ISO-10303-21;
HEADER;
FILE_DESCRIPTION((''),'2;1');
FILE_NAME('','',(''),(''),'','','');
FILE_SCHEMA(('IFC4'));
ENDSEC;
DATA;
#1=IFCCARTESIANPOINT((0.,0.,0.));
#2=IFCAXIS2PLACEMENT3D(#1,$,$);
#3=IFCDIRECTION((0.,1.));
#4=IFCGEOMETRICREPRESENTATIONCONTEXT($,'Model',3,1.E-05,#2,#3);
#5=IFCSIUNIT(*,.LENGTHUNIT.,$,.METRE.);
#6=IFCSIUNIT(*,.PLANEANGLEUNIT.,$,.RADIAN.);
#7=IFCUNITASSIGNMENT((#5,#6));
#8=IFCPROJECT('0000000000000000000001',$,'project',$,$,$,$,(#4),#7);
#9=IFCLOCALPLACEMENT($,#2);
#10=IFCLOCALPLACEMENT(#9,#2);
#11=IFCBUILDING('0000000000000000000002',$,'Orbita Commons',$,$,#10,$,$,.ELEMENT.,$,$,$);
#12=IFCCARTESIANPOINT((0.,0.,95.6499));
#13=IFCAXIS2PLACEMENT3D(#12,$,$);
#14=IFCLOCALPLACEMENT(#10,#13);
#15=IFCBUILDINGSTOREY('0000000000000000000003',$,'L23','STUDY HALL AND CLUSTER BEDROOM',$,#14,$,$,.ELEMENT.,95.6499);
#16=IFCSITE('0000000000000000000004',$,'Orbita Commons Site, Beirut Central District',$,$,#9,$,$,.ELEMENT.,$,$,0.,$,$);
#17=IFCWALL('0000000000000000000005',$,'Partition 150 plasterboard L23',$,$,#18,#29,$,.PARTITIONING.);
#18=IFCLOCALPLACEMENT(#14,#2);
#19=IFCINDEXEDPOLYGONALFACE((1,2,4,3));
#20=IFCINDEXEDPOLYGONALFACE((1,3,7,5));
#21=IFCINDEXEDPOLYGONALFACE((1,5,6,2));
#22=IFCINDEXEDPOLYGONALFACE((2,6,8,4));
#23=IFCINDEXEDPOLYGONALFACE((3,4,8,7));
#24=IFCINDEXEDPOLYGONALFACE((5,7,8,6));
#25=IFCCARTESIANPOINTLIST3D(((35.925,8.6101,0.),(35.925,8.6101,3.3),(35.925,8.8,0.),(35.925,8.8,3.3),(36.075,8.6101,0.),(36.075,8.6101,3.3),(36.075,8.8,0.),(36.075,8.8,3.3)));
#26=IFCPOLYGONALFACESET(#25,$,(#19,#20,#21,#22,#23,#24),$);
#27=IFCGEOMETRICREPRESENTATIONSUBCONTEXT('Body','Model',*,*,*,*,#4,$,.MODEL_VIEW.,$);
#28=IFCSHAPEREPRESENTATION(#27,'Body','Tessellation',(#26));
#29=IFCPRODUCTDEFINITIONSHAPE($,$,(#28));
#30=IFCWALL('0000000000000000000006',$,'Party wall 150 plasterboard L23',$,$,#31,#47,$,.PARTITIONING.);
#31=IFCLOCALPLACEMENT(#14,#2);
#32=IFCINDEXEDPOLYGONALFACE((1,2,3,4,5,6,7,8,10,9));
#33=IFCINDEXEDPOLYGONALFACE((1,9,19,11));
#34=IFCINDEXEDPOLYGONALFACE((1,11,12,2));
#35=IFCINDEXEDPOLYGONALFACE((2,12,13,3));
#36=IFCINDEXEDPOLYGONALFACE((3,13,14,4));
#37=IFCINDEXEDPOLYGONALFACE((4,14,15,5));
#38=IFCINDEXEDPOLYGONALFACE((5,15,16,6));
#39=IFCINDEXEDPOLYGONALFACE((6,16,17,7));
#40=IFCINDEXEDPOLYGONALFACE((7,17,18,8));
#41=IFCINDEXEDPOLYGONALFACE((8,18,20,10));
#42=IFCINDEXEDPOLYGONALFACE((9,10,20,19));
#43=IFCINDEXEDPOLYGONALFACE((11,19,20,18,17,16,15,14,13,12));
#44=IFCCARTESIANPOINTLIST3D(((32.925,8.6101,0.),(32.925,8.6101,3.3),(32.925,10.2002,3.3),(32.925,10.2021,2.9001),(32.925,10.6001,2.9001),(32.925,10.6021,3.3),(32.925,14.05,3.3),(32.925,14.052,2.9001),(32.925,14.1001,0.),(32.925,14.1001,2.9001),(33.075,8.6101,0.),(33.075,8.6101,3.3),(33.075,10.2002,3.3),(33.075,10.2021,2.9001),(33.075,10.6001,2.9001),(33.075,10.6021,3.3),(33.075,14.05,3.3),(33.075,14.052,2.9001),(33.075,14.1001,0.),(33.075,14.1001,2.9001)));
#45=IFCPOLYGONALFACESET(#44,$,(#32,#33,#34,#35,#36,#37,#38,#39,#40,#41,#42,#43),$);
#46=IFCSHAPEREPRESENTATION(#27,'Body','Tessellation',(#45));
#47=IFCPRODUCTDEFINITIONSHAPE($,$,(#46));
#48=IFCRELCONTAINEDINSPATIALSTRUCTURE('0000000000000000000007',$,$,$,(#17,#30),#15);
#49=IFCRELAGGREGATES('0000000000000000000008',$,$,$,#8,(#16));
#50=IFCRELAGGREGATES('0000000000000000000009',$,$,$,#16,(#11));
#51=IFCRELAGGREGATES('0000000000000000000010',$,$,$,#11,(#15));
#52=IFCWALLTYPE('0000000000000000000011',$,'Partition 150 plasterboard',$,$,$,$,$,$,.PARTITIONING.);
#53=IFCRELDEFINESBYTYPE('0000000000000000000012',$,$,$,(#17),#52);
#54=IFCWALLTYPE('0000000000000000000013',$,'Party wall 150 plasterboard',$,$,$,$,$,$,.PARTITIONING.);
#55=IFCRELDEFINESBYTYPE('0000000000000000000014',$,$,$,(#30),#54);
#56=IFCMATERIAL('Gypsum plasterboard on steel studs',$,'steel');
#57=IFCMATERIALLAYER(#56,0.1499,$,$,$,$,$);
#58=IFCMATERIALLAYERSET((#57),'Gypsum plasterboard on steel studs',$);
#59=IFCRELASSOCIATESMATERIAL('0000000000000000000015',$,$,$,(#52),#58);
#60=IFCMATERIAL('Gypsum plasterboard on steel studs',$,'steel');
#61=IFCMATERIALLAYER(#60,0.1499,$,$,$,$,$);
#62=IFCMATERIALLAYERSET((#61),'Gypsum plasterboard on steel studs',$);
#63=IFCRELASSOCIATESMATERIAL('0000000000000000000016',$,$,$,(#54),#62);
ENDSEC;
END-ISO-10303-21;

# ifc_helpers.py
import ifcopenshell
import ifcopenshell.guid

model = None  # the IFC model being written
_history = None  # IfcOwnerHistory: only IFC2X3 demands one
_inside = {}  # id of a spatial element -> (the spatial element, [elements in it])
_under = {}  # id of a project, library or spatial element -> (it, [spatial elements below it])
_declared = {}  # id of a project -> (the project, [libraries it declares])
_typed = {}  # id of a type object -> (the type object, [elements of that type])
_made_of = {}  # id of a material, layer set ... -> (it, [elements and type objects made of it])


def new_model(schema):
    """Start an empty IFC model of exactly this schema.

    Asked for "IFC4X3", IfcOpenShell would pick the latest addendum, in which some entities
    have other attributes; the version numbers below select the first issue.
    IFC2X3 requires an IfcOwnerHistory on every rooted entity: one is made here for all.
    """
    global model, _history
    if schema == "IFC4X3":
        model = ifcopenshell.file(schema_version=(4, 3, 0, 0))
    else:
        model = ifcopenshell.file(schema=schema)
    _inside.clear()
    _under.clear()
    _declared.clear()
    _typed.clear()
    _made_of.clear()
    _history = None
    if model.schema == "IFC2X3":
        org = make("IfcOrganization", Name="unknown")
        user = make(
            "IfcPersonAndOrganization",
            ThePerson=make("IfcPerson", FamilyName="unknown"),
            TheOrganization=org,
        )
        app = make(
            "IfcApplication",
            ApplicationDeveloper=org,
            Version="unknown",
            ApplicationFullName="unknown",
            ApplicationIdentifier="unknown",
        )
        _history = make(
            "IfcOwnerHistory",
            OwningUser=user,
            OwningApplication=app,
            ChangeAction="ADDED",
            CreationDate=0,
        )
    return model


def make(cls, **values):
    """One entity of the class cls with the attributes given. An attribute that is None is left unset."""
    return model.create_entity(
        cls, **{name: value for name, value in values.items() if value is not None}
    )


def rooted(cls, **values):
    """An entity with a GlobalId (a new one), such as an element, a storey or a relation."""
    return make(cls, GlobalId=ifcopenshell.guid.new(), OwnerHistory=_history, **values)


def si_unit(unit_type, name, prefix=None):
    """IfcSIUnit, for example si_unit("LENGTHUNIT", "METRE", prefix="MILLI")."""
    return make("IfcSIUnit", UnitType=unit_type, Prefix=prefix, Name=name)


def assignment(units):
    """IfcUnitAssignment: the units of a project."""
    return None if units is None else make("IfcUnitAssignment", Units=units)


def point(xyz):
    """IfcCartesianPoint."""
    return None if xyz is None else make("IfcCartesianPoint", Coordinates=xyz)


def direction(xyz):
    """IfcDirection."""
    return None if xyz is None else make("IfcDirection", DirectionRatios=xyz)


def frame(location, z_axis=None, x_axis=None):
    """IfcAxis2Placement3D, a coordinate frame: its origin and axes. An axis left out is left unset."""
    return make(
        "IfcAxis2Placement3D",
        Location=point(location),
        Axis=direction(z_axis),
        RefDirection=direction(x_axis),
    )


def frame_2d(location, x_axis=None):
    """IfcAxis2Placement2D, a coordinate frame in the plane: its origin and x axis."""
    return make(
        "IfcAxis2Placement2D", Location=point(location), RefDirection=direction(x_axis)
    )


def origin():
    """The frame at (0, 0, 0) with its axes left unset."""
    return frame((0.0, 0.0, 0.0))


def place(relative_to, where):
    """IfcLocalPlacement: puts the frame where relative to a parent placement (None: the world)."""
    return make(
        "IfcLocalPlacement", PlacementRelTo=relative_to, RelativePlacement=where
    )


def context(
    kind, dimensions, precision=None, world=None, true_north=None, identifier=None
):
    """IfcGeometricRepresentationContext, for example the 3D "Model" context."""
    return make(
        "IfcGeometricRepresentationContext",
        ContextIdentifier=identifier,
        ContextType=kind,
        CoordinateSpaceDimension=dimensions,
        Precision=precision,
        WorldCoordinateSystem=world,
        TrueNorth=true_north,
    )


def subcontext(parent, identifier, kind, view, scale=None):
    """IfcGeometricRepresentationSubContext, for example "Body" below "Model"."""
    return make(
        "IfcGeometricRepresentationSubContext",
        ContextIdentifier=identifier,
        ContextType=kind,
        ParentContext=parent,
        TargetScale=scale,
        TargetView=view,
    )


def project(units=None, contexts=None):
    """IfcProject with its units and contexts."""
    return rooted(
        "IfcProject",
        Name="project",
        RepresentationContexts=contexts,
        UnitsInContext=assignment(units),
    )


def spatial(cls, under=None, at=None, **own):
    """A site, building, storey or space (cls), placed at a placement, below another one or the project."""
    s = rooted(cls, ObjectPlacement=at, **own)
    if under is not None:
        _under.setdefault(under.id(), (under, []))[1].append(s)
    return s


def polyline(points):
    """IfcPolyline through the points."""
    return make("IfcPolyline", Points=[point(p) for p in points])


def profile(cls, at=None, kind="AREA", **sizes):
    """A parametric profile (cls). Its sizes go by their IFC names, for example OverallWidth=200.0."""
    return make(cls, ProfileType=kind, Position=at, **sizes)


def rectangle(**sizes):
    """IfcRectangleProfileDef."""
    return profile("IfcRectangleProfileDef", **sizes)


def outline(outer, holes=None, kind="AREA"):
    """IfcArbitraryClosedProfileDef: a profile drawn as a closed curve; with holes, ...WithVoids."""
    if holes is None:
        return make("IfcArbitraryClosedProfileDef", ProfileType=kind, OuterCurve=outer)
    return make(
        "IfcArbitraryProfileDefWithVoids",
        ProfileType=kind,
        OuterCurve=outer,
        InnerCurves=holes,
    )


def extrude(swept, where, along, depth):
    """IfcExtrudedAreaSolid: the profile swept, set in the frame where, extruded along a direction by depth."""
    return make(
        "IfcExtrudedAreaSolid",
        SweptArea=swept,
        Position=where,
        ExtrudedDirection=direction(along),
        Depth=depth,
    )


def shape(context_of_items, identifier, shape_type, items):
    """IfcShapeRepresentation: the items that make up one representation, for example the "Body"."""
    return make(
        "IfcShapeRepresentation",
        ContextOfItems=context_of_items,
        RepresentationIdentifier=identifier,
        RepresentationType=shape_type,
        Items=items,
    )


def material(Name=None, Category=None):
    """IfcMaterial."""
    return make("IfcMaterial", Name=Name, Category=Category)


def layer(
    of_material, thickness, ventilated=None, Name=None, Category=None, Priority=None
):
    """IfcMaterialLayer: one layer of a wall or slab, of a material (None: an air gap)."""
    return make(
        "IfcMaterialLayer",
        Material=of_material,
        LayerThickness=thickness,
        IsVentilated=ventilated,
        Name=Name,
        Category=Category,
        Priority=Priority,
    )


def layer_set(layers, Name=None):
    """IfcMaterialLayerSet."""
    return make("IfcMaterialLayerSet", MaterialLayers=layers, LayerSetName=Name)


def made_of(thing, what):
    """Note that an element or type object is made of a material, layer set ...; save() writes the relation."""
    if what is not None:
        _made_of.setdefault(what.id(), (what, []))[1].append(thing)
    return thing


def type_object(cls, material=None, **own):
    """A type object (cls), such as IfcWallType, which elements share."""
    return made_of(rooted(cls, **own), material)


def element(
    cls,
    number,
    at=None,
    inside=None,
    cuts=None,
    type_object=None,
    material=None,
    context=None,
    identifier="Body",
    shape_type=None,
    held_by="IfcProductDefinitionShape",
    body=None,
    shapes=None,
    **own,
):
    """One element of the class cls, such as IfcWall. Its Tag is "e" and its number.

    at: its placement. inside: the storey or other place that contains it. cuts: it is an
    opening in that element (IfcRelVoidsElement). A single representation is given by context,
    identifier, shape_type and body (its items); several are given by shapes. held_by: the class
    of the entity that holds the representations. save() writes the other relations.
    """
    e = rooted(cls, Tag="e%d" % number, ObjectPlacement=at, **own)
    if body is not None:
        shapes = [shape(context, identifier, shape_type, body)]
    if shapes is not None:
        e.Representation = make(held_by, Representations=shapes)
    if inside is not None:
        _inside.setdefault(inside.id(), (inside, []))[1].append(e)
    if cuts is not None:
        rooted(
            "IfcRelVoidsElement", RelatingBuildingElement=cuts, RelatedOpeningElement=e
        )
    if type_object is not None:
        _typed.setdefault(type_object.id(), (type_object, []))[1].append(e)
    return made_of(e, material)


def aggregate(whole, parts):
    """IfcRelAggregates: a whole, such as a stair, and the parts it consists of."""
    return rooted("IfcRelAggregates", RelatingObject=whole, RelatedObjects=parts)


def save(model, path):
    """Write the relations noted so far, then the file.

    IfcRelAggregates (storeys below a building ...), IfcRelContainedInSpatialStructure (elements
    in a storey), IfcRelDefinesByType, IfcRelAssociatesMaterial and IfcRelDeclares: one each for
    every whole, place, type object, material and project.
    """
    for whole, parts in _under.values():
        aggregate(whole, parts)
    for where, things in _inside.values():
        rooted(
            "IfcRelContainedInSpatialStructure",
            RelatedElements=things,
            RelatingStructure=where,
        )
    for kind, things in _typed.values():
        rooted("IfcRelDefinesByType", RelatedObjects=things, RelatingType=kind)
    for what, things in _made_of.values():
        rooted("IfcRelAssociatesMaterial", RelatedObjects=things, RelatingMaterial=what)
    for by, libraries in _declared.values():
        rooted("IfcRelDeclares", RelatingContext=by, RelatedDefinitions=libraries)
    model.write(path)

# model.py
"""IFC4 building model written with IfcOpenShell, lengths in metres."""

from ifc_helpers import new_model, si_unit, direction, frame, frame_2d, origin, place, context, subcontext, project, spatial, polyline, rectangle, outline, extrude, material, layer, layer_set, type_object, element, save


model = new_model("IFC4")

# Units and contexts
model_context = context("Model", 3, precision=1e-05, world=origin(), true_north=direction((0.0, 1.0)))
body_context = subcontext(model_context, "Body", "Model", "MODEL_VIEW")
ifc_project = project(units=[si_unit("LENGTHUNIT", "METRE"), si_unit("PLANEANGLEUNIT", "RADIAN")], contexts=[model_context])

# Site, building, storey
site_placement = place(None, origin())
site = spatial("IfcSite", under=ifc_project, at=site_placement, Name="Orbita Commons Site, Beirut Central District", CompositionType="ELEMENT", RefElevation=0.0)
building_placement = place(site_placement, origin())
building = spatial("IfcBuilding", under=site, at=building_placement, Name="Orbita Commons", CompositionType="ELEMENT")
storey_placement = place(building_placement, frame((0.0, 0.0, 95.6499)))
storey = spatial("IfcBuildingStorey", under=building, at=storey_placement, Name="L23", Description="STUDY HALL AND CLUSTER BEDROOM", CompositionType="ELEMENT", Elevation=95.6499)

# Walls
ifc_material_1 = material(Name="Gypsum plasterboard on steel studs", Category="steel")
ifc_layer_1 = layer(ifc_material_1, 0.1499)
ifc_layer_set_1 = layer_set([ifc_layer_1], Name="Gypsum plasterboard on steel studs")
wall_type_1 = type_object("IfcWallType", Name="Partition 150 plasterboard", PredefinedType="PARTITIONING", material=ifc_layer_set_1)
for number, where, z_axis, x_axis, name in (
    (1, (36.0, 8.8, 0.0), (0.0, 0.0, 1.0), (0.0, -1.0, 0.0), "Partition 150 plasterboard L23"),
):
    element("IfcWall", number, at=place(storey_placement, frame(where, z_axis=z_axis, x_axis=x_axis)), inside=storey, type_object=wall_type_1, Name=name, PredefinedType="PARTITIONING", context=body_context, shape_type="SweptSolid", body=[
        extrude(rectangle(XDim=0.1899, YDim=0.1499, at=frame_2d((0.095, 0.0))), origin(), (0.0, 0.0, 1.0), 3.3),
    ])
ifc_material_2 = material(Name="Gypsum plasterboard on steel studs", Category="steel")
ifc_layer_2 = layer(ifc_material_2, 0.1499)
ifc_layer_set_2 = layer_set([ifc_layer_2], Name="Gypsum plasterboard on steel studs")
wall_type_2 = type_object("IfcWallType", Name="Party wall 150 plasterboard", PredefinedType="PARTITIONING", material=ifc_layer_set_2)
wall_placement = place(storey_placement, frame((33.0, 8.6101, 0.0), z_axis=(0.0, 0.0, 1.0), x_axis=(0.0, 1.0, 0.0)))
element("IfcWall", 2, at=wall_placement, inside=storey, type_object=wall_type_2, Name="Party wall 150 plasterboard L23", PredefinedType="PARTITIONING", context=body_context, shape_type="SweptSolid", body=[
    extrude(outline(polyline([(0.0, 0.0), (5.49, 0.0), (5.49, 2.9001), (5.4419, 2.9001), (5.4399, 3.3), (1.9919, 3.3), (1.99, 2.9001), (1.592, 2.9001), (1.5901, 3.3), (0.0, 3.3), (0.0, 0.0)])), frame((0.0, 0.075, 0.0), z_axis=(0.0, -1.0, 0.0), x_axis=(1.0, 0.0, 0.0)), (0.0, 0.0, 1.0), 0.1499),
])

save(model, "model.ifc")
